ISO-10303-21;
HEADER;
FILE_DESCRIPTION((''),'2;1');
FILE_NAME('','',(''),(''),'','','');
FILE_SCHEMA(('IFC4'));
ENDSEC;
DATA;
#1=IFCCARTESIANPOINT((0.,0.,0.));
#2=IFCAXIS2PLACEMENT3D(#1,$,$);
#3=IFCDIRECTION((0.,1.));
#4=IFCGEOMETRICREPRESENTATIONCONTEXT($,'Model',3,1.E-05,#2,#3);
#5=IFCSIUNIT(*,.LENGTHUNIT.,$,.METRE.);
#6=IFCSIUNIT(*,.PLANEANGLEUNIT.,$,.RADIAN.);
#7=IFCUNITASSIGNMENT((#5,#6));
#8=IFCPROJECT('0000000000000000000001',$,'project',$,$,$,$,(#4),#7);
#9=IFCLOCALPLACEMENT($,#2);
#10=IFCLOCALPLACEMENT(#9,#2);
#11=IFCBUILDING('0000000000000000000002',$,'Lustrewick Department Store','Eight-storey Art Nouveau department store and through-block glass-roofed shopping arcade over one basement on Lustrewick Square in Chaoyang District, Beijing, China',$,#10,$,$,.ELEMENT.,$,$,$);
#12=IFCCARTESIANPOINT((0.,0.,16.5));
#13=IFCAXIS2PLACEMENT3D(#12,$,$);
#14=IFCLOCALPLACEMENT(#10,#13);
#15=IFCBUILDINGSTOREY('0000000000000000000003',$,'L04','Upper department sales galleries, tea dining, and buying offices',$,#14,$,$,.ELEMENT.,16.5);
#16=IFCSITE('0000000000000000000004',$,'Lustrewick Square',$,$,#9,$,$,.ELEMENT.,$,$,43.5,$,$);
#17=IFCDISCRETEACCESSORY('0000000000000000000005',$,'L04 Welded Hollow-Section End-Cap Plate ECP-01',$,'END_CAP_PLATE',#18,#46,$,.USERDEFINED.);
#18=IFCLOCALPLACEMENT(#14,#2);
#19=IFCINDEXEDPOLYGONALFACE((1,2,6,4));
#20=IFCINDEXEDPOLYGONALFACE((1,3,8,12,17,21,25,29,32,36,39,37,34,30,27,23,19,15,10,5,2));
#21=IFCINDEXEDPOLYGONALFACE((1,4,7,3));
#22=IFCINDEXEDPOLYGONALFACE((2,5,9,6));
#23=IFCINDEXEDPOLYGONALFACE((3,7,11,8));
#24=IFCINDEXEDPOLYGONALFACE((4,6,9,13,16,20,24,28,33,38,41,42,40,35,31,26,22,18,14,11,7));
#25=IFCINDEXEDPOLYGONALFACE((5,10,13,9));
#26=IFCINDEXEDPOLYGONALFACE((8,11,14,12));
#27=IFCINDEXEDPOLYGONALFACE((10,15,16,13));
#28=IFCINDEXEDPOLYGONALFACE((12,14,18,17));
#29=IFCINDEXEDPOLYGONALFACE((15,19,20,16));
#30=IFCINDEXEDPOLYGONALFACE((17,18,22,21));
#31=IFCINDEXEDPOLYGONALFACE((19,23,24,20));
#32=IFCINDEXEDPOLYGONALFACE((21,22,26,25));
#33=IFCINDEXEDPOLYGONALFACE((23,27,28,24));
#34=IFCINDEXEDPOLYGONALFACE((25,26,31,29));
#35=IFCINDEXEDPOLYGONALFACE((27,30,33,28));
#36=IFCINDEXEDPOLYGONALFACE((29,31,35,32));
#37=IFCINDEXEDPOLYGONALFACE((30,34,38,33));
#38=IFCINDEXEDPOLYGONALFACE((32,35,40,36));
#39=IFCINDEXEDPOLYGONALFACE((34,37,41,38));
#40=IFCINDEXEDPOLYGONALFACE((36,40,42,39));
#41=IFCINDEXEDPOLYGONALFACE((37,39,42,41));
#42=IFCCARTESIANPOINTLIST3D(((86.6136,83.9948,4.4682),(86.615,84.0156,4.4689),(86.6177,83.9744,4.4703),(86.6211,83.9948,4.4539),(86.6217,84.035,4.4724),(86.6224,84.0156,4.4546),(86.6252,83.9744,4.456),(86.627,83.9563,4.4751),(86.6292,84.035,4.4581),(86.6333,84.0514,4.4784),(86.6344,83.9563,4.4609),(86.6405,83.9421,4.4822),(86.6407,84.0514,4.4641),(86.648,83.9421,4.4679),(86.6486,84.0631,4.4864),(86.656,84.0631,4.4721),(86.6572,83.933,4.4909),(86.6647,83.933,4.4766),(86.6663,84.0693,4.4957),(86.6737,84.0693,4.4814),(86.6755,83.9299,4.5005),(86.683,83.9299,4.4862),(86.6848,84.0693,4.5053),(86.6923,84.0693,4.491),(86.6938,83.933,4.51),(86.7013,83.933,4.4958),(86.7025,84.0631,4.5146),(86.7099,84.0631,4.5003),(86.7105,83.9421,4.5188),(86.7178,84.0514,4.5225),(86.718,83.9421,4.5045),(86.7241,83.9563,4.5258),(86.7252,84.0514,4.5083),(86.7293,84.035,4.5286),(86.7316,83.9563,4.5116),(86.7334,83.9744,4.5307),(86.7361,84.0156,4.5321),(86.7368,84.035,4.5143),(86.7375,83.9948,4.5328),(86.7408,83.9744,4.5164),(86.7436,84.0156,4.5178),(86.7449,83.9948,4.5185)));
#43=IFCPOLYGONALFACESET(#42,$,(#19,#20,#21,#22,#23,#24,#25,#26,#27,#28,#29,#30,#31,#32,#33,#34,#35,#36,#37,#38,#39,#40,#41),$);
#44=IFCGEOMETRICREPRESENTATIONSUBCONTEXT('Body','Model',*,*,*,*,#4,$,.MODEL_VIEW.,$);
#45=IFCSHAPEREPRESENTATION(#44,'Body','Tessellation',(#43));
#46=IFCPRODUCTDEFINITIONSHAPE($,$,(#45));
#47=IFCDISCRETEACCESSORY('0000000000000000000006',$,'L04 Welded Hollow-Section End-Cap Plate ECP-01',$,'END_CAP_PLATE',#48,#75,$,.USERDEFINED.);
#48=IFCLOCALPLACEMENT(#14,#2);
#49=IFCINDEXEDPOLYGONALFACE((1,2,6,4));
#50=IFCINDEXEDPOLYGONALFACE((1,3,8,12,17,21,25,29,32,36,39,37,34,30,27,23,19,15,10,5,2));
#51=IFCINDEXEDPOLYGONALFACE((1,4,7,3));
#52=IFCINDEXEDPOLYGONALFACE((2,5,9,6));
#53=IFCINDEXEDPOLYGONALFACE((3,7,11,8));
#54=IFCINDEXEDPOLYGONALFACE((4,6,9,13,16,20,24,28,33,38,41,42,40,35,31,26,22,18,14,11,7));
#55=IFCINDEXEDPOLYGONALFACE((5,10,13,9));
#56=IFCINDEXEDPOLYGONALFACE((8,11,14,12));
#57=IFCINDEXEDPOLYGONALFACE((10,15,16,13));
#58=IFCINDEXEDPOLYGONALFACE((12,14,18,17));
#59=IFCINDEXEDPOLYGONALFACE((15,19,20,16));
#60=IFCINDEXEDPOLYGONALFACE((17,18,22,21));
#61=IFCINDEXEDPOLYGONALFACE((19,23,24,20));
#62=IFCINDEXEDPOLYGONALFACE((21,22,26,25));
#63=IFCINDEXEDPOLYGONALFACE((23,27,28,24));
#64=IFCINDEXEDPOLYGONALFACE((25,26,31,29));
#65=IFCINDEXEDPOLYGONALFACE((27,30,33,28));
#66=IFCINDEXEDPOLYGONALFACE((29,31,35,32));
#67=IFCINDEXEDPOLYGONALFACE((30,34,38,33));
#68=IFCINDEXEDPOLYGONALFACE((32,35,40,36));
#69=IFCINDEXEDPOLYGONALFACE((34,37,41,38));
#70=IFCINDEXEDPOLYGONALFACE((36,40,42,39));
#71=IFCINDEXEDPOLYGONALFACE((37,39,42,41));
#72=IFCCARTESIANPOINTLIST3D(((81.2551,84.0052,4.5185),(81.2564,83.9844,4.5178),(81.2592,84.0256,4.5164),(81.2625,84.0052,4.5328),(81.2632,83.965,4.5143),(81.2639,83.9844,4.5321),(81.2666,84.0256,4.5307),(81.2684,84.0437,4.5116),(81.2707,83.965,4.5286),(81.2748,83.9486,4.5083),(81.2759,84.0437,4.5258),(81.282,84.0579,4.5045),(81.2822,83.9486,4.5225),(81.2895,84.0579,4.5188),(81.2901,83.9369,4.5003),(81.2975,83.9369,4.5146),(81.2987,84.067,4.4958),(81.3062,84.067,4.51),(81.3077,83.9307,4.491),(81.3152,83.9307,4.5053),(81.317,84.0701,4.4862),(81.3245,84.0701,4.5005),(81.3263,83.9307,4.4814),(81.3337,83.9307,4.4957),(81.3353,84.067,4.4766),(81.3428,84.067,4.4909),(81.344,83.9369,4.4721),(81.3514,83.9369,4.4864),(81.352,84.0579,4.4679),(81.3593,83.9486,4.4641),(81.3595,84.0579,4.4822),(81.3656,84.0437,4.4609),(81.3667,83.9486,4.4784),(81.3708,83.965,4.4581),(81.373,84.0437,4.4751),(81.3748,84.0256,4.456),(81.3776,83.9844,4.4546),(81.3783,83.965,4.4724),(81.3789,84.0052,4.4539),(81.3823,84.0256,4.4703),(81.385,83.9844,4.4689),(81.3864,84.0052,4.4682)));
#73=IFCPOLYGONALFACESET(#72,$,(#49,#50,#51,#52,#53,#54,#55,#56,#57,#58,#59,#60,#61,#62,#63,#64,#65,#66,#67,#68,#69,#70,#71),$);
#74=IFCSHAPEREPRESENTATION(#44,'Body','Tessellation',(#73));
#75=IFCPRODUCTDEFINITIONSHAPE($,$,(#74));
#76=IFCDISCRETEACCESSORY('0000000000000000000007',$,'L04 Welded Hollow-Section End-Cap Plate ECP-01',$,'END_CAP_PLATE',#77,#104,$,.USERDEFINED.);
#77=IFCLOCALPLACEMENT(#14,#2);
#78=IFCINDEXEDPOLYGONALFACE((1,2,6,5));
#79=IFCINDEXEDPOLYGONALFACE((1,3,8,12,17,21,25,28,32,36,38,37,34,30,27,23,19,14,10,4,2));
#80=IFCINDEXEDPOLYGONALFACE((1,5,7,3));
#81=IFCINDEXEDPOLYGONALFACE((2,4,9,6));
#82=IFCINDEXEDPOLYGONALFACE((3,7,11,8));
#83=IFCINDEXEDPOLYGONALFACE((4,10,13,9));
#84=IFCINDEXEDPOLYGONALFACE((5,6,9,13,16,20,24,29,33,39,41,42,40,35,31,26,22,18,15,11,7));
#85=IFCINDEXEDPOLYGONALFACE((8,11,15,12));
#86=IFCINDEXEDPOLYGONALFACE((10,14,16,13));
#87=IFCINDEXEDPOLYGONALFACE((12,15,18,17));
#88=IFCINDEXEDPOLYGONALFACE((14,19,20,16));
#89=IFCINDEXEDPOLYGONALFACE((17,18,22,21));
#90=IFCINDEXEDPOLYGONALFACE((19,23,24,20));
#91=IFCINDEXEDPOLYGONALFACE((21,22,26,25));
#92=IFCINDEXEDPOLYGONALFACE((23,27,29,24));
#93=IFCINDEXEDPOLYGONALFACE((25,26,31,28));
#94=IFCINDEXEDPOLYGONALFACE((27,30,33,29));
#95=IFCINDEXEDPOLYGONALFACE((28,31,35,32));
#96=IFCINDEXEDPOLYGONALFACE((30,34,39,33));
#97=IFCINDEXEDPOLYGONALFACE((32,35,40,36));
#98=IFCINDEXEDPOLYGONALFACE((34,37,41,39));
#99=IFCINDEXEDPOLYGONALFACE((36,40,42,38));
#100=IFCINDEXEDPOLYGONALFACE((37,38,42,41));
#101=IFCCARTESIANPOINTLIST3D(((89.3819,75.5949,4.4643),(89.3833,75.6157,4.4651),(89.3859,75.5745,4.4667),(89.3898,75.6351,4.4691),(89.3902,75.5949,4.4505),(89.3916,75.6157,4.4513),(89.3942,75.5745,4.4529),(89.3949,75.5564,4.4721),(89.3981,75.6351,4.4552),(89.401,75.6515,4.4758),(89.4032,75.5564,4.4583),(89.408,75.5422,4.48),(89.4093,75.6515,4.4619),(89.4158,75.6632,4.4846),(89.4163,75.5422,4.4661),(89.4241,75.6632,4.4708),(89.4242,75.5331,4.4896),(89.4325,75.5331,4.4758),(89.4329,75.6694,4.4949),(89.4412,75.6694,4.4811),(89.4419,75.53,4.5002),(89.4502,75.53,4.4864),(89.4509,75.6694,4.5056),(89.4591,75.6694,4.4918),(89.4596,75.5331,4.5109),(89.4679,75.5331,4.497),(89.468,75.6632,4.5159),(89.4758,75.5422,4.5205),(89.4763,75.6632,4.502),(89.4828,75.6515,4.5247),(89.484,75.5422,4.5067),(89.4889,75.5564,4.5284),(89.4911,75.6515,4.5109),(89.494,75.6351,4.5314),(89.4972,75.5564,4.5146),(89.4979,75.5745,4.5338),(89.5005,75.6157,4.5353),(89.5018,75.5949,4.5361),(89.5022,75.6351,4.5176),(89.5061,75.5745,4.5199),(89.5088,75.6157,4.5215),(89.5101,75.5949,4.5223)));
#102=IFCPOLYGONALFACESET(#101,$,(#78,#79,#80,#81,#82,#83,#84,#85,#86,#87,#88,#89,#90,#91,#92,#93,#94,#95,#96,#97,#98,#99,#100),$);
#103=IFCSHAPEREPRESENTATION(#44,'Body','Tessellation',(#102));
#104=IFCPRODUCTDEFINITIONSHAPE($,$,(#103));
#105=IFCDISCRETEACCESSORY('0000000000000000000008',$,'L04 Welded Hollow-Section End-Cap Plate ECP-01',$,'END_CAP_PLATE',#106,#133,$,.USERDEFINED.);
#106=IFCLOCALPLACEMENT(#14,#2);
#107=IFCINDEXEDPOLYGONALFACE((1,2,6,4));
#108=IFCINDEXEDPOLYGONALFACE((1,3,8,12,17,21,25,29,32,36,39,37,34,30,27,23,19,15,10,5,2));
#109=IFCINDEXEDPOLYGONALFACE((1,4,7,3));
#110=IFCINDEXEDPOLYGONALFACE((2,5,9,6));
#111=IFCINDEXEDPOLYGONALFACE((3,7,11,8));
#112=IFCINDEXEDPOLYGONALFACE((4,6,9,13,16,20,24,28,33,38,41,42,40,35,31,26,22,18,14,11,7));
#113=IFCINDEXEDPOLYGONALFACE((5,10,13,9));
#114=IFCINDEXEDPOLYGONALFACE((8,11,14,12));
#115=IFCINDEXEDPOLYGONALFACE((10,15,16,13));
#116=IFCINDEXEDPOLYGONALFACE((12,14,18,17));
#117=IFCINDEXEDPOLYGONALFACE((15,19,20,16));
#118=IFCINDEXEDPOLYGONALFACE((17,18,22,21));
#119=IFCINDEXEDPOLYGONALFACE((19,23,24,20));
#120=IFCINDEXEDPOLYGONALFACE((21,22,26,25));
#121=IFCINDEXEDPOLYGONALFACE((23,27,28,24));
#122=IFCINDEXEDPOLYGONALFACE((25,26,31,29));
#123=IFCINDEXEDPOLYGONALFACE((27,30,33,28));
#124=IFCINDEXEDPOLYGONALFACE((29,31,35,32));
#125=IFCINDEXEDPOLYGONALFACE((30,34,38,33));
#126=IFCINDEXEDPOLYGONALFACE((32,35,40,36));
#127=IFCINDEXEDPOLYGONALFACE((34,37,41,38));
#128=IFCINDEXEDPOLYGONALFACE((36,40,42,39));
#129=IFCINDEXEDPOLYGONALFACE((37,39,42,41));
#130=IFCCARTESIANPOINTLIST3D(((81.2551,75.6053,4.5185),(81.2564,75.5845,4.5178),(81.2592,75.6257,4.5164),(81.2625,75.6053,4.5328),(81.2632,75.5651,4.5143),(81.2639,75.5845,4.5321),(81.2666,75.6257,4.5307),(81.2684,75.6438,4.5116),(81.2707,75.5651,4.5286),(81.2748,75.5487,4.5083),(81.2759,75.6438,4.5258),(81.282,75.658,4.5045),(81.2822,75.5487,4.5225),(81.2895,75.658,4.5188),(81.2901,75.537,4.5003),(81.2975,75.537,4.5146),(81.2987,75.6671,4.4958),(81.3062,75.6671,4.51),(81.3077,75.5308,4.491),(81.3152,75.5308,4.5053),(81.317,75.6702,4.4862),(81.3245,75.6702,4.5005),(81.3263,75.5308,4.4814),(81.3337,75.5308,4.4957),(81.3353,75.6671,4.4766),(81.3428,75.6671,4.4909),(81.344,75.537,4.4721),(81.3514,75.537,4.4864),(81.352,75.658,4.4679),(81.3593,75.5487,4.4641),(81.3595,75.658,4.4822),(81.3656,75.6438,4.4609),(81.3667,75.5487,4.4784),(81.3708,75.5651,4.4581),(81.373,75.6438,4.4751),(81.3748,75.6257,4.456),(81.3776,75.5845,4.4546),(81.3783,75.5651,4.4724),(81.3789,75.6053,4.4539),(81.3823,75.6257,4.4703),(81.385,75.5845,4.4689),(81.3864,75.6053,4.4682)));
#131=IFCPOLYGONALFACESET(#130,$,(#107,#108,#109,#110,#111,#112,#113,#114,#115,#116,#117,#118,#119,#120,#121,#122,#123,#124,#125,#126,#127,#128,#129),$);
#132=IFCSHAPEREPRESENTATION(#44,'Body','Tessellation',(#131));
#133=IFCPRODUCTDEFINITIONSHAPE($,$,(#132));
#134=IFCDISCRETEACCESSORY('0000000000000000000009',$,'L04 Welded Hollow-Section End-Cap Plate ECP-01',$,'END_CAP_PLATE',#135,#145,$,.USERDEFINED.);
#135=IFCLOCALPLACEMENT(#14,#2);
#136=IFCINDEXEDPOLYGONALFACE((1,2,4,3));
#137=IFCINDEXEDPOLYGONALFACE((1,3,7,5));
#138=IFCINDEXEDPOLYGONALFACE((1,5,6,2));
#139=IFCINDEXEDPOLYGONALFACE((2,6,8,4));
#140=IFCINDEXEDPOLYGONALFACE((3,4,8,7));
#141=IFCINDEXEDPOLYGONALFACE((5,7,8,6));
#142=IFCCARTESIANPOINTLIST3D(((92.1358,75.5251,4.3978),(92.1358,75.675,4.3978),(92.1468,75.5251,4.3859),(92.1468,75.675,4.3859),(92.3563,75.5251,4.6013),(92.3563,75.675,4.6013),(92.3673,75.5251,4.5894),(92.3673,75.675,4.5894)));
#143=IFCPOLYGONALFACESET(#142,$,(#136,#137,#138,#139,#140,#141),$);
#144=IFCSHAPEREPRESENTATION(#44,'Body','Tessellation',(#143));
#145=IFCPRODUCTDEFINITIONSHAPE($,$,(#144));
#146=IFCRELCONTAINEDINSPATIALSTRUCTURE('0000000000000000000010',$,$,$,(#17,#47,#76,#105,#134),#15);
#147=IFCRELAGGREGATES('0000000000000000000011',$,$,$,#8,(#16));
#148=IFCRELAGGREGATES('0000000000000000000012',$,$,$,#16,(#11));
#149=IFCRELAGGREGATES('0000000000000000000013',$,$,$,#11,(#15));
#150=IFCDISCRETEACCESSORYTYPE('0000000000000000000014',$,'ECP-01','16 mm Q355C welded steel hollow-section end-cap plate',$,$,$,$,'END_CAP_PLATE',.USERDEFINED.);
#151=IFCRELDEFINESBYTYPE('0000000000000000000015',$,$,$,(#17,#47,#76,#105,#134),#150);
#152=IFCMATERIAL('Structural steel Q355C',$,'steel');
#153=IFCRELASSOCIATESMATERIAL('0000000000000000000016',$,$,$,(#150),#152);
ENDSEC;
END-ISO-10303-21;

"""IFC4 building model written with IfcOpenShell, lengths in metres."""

from ifc_helpers import new_model, si_unit, direction, frame, origin, origin_2d, place, context, subcontext, project, spatial, rectangle, circle, extrude, material, type_object, element, save


model = new_model("IFC4")

# Units and contexts
model_context = context("Model", 3, precision=1e-05, world=origin(), true_north=direction((0.0, 1.0)))
body_context = subcontext(model_context, "Body", "Model", "MODEL_VIEW")
ifc_project = project(units=[si_unit("LENGTHUNIT", "METRE"), si_unit("PLANEANGLEUNIT", "RADIAN")], contexts=[model_context])

# Site, building, storey
site_placement = place(None, origin())
site = spatial("IfcSite", under=ifc_project, at=site_placement, Name="Lustrewick Square", CompositionType="ELEMENT", RefElevation=43.5)
building_placement = place(site_placement, origin())
building = spatial("IfcBuilding", under=site, at=building_placement, Name="Lustrewick Department Store", Description="Eight-storey Art Nouveau department store and through-block glass-roofed shopping arcade over one basement on Lustrewick Square in Chaoyang District, Beijing, China", CompositionType="ELEMENT")
storey_placement = place(building_placement, frame((0.0, 0.0, 16.5)))
storey = spatial("IfcBuildingStorey", under=building, at=storey_placement, Name="L04", Description="Upper department sales galleries, tea dining, and buying offices", CompositionType="ELEMENT", Elevation=16.5)

# Shared definitions
ifc_material_1 = material(Name="Structural steel Q355C", Category="steel")

# Discrete accessories
discrete_accessory_type = type_object("IfcDiscreteAccessoryType", Name="ECP-01", Description="16 mm Q355C welded steel hollow-section end-cap plate", ElementType="END_CAP_PLATE", PredefinedType="USERDEFINED", material=ifc_material_1)
for number, where, z_axis, x_axis, name in (
    (1, (86.6755, 84.0, 4.5005), (0.462788, 0.0, -0.886469), (0.0, -1.0, 0.0), "L04 Welded Hollow-Section End-Cap Plate ECP-01"),
    (2, (81.3245, 84.0, 4.5005), (-0.462788, 0.0, -0.886469), (0.0, 1.0, 0.0), "L04 Welded Hollow-Section End-Cap Plate ECP-01"),
    (3, (89.4419, 75.6001, 4.5002), (0.513782, 0.0, -0.857921), (0.0, -1.0, 0.0), "L04 Welded Hollow-Section End-Cap Plate ECP-01"),
    (4, (81.3245, 75.6001, 4.5005), (-0.462788, 0.0, -0.886469), (0.0, 1.0, 0.0), "L04 Welded Hollow-Section End-Cap Plate ECP-01"),
):
    element("IfcDiscreteAccessory", number, at=place(storey_placement, frame(where, z_axis=z_axis, x_axis=x_axis)), inside=storey, type_object=discrete_accessory_type, Name=name, ObjectType="END_CAP_PLATE", PredefinedType="USERDEFINED", context=body_context, shape_type="SweptSolid", body=[
        extrude(circle(Radius=0.0701, at=origin_2d()), origin(), (0.0, 0.0, 1.0), 0.0161),
    ])
discrete_accessory_placement = place(storey_placement, frame((92.2461, 75.6001, 4.4995), z_axis=(0.678234, 0.0, -0.734846), x_axis=(0.0, 1.0, 0.0)))
element("IfcDiscreteAccessory", 5, at=discrete_accessory_placement, inside=storey, type_object=discrete_accessory_type, Name="L04 Welded Hollow-Section End-Cap Plate ECP-01", ObjectType="END_CAP_PLATE", PredefinedType="USERDEFINED", context=body_context, shape_type="SweptSolid", body=[
    extrude(rectangle(XDim=0.1499, YDim=0.3, at=origin_2d()), origin(), (0.0, 0.0, 1.0), 0.0161),
])

save(model, "model.ifc")
